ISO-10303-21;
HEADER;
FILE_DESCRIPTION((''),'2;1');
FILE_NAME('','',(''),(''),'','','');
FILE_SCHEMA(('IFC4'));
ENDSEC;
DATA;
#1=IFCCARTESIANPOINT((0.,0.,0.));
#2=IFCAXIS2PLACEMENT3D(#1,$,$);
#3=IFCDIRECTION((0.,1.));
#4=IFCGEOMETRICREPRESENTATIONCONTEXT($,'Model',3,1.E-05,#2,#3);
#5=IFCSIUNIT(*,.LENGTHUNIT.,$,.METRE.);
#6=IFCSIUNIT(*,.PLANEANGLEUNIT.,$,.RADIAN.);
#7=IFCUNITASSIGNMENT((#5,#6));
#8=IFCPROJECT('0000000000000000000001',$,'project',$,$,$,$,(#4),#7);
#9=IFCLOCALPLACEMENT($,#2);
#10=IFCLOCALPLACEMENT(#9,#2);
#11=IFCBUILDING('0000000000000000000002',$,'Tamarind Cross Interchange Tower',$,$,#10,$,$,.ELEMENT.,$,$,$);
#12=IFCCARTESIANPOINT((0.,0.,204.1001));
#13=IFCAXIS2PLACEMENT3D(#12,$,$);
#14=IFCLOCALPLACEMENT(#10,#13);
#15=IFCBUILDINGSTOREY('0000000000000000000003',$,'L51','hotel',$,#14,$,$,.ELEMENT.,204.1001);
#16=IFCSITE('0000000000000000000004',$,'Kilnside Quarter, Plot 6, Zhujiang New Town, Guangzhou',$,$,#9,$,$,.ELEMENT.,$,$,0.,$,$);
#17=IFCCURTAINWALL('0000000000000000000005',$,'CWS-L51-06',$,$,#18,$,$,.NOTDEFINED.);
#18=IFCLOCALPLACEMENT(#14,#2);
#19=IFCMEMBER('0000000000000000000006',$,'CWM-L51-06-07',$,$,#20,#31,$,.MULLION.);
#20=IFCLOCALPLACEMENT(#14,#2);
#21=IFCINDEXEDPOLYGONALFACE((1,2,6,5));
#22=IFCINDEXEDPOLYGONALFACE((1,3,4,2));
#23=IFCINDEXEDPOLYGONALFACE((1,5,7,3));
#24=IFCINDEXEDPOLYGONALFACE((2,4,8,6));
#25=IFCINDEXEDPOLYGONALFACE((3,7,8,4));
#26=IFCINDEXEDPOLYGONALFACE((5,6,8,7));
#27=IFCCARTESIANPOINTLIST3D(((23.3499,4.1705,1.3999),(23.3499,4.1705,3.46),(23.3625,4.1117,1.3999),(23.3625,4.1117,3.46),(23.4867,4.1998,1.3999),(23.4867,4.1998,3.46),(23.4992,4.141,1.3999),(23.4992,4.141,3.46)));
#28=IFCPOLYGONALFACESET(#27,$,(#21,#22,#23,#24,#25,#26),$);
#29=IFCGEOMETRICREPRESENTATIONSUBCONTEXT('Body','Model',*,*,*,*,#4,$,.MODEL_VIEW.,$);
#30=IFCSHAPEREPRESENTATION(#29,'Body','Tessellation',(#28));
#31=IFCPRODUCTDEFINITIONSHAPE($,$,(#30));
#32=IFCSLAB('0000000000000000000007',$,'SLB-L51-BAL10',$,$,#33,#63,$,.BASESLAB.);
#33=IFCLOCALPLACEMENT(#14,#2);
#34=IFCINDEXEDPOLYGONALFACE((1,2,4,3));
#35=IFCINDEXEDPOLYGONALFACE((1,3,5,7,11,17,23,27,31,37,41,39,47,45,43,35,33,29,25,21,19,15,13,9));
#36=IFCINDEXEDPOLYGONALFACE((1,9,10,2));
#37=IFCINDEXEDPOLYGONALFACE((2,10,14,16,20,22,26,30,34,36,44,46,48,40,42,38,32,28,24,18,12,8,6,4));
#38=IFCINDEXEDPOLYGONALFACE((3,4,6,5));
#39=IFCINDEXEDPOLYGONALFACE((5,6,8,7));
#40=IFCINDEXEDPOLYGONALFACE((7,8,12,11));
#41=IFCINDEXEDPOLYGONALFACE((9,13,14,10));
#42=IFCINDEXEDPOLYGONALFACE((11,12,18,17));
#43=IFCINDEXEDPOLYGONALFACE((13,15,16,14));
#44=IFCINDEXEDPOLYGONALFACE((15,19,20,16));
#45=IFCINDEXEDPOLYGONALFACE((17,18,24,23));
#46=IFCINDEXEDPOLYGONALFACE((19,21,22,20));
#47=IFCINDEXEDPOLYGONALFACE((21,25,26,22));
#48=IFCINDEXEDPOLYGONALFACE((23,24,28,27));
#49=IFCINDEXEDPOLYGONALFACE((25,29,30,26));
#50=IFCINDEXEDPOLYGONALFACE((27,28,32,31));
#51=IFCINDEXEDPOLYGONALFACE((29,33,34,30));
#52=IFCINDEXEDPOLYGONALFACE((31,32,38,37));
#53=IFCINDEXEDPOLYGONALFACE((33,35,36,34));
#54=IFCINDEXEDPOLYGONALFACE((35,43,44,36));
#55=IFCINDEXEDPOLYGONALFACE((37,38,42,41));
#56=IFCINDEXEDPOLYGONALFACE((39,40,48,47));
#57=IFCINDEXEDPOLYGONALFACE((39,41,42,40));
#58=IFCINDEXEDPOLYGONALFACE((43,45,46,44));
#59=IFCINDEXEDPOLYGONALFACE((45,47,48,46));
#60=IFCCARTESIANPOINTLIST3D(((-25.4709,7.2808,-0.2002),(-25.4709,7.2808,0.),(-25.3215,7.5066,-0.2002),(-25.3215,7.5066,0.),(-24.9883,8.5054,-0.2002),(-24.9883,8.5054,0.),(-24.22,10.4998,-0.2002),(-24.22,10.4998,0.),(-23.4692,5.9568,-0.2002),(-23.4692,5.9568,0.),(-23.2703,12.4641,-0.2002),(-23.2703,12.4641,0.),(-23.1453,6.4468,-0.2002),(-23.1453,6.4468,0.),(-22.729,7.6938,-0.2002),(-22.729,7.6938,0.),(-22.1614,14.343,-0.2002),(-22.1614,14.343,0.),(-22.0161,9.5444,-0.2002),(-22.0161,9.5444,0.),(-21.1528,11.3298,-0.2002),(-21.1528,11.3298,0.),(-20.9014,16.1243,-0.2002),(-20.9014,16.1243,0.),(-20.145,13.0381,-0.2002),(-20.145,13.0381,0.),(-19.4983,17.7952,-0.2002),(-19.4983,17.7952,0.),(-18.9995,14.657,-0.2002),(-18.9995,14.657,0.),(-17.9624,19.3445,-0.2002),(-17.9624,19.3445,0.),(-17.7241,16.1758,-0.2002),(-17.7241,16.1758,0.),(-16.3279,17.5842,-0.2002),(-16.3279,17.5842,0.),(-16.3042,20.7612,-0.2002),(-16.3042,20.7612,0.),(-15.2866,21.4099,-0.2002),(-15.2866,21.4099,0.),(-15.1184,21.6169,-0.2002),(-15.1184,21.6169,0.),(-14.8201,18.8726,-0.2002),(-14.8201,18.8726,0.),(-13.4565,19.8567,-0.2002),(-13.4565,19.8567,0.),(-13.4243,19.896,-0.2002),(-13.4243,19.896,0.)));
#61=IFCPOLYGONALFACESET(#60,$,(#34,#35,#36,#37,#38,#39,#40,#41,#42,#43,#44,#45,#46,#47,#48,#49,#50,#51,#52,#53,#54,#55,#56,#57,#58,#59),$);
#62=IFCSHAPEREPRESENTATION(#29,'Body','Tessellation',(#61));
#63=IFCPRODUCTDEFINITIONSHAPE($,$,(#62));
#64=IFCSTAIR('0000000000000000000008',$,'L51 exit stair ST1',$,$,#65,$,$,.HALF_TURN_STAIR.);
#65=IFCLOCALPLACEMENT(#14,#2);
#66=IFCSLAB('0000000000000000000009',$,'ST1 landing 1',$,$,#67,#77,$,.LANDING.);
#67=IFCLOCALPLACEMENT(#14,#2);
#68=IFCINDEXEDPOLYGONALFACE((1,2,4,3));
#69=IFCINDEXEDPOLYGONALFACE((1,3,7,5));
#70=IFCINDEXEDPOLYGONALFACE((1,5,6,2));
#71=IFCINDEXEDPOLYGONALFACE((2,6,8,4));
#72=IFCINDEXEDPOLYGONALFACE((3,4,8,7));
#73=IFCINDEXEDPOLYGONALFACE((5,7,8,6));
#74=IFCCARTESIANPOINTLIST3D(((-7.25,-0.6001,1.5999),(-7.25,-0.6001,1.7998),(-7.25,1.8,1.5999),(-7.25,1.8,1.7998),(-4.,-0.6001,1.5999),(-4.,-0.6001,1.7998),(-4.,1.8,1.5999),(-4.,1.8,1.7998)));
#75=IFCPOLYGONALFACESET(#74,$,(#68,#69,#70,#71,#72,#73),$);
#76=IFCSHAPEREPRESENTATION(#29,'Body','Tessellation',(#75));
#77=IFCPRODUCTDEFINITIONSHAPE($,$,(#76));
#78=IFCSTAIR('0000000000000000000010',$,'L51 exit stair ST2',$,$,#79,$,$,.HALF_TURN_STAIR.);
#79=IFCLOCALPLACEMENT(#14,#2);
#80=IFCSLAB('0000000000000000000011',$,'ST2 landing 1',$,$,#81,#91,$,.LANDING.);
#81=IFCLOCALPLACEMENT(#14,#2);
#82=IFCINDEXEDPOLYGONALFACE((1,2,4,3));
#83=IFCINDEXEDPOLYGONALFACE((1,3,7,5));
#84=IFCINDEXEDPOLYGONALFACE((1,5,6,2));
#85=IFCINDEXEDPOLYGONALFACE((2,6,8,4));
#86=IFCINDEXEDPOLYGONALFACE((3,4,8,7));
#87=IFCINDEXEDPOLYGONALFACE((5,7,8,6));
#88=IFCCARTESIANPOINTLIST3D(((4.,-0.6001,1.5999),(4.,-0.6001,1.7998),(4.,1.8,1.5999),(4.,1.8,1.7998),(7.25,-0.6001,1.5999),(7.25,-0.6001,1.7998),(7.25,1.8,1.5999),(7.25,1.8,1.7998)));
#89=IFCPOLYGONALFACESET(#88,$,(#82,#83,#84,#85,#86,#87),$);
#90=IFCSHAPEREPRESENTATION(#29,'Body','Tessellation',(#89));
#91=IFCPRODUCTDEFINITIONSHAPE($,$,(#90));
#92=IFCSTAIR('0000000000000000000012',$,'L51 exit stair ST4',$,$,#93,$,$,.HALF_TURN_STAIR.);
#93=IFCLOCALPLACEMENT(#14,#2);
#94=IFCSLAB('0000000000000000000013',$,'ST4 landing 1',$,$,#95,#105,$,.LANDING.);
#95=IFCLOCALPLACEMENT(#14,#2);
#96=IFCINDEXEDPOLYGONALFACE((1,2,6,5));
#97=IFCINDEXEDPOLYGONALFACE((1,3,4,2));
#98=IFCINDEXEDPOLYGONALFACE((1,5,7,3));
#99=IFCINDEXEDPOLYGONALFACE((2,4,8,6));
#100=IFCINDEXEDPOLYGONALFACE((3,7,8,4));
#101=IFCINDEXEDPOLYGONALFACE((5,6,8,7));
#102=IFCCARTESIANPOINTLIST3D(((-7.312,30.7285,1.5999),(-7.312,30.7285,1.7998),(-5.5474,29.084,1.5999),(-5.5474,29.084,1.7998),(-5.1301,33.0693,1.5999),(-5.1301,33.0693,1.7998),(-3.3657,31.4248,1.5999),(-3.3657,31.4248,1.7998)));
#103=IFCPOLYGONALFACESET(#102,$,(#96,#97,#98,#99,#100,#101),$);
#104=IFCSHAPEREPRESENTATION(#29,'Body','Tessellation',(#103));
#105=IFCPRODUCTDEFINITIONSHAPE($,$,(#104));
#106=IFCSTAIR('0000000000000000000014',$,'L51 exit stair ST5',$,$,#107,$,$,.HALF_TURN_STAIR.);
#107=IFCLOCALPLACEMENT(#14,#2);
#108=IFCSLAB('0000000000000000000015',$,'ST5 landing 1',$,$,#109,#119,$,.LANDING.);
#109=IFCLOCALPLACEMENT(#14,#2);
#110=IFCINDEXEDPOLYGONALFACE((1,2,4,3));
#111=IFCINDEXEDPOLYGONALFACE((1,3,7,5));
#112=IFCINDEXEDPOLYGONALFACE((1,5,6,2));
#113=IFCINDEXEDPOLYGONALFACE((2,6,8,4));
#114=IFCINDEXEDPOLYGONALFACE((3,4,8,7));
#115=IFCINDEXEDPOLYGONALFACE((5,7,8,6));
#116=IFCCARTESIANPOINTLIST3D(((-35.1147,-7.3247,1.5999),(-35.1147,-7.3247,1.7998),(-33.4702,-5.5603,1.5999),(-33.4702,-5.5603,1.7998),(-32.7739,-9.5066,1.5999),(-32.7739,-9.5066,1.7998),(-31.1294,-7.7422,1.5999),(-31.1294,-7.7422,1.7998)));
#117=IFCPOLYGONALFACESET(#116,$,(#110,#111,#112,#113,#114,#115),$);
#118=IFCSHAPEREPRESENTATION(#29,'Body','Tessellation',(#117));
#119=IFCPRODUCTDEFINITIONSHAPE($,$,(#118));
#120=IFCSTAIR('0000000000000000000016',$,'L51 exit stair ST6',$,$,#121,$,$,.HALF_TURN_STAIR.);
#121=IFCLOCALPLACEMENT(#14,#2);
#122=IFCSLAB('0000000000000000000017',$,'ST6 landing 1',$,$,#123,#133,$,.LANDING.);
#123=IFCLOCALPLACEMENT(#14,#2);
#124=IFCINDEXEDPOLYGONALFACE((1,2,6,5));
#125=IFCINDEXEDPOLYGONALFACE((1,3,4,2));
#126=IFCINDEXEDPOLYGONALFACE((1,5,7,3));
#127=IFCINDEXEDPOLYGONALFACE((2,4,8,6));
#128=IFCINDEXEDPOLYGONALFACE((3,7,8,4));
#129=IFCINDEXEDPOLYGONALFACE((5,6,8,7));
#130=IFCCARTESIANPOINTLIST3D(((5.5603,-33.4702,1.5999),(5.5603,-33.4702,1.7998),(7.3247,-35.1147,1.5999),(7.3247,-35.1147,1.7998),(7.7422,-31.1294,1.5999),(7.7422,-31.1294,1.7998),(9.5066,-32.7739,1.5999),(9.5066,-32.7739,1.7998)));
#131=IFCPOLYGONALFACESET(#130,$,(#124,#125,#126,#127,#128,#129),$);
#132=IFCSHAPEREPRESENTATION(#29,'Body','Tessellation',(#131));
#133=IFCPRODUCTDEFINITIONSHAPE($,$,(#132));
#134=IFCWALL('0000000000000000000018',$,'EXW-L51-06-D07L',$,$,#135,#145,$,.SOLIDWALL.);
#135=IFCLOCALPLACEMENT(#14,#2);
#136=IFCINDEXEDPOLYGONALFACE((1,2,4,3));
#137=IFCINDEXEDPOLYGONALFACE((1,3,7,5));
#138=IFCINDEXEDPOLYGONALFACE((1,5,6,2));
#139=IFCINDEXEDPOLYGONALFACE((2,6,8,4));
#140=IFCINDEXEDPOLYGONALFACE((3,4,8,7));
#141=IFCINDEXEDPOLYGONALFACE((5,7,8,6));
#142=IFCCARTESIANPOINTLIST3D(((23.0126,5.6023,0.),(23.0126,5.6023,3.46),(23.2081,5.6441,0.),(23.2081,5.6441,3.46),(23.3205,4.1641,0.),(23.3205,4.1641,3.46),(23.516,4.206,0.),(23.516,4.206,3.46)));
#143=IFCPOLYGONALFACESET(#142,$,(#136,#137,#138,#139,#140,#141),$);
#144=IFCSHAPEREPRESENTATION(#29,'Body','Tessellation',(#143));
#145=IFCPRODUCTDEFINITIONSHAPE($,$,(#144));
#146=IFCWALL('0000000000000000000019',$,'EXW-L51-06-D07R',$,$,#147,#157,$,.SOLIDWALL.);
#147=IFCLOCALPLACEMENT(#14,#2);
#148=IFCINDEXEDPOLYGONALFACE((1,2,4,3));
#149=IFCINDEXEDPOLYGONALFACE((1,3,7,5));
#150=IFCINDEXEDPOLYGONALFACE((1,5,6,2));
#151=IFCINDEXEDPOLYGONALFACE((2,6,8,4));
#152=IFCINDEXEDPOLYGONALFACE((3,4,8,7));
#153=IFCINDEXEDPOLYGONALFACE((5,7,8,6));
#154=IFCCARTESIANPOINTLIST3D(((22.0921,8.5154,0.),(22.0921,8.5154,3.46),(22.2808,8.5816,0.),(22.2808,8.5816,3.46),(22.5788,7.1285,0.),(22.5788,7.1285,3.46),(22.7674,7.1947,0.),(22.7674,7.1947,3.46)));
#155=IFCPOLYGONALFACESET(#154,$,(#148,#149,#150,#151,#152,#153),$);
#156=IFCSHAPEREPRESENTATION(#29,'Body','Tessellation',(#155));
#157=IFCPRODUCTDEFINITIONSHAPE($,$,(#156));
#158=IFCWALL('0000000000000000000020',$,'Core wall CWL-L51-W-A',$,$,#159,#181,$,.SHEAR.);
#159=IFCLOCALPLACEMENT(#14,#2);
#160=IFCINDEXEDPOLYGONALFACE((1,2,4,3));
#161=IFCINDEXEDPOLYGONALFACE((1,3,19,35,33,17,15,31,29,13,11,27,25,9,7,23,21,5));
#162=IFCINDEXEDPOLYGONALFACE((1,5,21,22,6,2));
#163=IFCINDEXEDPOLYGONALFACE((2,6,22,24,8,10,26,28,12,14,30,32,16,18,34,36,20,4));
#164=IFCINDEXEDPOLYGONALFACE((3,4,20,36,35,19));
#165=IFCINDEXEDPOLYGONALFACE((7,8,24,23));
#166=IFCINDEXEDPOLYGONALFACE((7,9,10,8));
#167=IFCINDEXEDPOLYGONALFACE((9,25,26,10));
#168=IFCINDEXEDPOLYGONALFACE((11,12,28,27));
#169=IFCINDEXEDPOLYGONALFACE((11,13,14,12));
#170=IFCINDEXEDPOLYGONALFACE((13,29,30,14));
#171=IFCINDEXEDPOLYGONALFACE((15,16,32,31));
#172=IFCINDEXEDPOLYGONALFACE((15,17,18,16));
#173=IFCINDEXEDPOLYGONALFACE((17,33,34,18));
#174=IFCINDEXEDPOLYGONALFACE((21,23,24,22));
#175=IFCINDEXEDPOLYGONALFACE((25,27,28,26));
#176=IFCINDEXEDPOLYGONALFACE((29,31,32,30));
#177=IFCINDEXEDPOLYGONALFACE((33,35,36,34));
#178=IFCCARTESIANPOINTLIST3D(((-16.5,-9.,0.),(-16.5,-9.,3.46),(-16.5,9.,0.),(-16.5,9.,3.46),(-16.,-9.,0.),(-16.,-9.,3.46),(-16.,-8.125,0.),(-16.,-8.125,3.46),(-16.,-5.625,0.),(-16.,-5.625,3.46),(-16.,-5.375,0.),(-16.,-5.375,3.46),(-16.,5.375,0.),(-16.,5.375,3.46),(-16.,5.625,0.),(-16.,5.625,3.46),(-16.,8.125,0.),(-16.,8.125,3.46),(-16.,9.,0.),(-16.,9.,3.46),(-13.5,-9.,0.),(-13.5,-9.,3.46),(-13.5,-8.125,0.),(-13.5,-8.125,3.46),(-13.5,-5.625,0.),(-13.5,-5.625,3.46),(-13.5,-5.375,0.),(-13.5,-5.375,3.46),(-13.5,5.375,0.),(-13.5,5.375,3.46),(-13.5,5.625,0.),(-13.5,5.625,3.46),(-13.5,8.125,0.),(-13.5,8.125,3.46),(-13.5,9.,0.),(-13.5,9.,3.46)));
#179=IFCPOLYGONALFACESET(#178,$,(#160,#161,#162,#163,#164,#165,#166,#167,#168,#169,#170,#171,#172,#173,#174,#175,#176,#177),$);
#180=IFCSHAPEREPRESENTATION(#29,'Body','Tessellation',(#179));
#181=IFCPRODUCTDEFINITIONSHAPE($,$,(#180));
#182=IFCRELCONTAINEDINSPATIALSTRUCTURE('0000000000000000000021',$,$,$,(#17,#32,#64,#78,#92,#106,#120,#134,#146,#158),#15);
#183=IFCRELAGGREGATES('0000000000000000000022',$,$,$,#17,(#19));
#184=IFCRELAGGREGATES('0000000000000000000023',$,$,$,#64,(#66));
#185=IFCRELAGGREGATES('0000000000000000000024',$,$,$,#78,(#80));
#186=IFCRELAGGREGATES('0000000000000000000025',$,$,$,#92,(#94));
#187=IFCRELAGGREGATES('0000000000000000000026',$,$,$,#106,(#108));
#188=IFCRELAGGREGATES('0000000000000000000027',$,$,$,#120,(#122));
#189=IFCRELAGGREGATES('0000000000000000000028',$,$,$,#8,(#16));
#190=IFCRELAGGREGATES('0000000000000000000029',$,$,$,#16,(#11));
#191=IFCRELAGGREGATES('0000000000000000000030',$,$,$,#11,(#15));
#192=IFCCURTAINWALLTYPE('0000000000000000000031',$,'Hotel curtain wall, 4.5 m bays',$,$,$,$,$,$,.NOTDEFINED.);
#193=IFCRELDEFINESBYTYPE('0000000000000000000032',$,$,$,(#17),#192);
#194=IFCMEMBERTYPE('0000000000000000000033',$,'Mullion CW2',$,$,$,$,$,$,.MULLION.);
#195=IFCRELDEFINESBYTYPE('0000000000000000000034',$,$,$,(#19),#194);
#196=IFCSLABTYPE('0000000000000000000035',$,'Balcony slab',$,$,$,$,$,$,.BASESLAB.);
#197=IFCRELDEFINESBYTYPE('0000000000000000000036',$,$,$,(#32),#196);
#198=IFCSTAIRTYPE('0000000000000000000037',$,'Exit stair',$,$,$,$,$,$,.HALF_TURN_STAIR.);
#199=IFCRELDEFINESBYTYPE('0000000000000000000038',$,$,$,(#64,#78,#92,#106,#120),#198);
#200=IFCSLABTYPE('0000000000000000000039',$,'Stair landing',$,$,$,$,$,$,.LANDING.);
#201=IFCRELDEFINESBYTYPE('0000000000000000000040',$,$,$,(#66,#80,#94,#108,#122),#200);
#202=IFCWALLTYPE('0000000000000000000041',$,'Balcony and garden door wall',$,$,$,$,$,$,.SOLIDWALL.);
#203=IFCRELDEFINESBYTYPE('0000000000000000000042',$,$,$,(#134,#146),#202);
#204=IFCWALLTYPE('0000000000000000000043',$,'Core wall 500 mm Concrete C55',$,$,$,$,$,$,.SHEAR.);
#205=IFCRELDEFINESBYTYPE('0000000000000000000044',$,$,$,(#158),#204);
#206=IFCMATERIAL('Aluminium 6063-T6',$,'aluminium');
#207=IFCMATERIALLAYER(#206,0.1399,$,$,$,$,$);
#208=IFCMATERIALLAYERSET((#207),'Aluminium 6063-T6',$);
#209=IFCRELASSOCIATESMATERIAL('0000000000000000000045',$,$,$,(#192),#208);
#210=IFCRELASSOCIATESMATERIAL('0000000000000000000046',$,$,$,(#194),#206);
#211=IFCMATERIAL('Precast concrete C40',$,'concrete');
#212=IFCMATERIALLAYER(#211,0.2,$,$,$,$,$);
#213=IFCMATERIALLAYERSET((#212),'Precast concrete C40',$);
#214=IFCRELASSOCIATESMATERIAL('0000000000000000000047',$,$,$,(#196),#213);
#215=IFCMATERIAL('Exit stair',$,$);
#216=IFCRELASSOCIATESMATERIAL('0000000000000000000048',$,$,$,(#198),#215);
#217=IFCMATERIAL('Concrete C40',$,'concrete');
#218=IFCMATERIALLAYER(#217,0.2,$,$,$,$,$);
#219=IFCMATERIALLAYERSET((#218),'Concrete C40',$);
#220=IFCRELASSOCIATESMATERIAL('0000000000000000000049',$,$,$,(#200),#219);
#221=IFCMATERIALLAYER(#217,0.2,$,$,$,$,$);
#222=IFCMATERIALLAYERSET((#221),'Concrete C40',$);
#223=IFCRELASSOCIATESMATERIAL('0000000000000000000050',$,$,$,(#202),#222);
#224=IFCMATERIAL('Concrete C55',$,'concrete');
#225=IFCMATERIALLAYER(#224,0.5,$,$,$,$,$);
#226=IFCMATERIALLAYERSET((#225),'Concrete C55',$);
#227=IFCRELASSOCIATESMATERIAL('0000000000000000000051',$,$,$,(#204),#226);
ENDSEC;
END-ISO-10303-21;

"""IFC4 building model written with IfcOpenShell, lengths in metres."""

from ifc_helpers import new_model, si_unit, direction, frame, frame_2d, origin, origin_2d, place, context, subcontext, project, spatial, polyline, rectangle, outline, extrude, material, layer, layer_set, material_profile, profile_set, type_object, element, aggregate, save


model = new_model("IFC4")

# Units and contexts
model_context = context("Model", 3, precision=1e-05, world=origin(), true_north=direction((0.0, 1.0)))
body_context = subcontext(model_context, "Body", "Model", "MODEL_VIEW")
ifc_project = project(units=[si_unit("LENGTHUNIT", "METRE"), si_unit("PLANEANGLEUNIT", "RADIAN")], contexts=[model_context])

# Site, building, storey
site_placement = place(None, origin())
site = spatial("IfcSite", under=ifc_project, at=site_placement, Name="Kilnside Quarter, Plot 6, Zhujiang New Town, Guangzhou", CompositionType="ELEMENT", RefElevation=0.0)
building_placement = place(site_placement, origin())
building = spatial("IfcBuilding", under=site, at=building_placement, Name="Tamarind Cross Interchange Tower", CompositionType="ELEMENT")
storey_placement = place(building_placement, frame((0.0, 0.0, 204.1001)))
storey = spatial("IfcBuildingStorey", under=building, at=storey_placement, Name="L51", Description="hotel", CompositionType="ELEMENT", Elevation=204.1001)

# Shared definitions
ifc_material_1 = material(Name="Concrete C55", Category="concrete")

# Curtain wall, member
ifc_material_2 = material(Name="Aluminium 6063-T6", Category="aluminium")
ifc_layer_1 = layer(ifc_material_2, 0.1399)
ifc_layer_set_1 = layer_set([ifc_layer_1], Name="Aluminium 6063-T6")
curtain_wall_type = type_object("IfcCurtainWallType", Name="Hotel curtain wall, 4.5 m bays", PredefinedType="NOTDEFINED", material=ifc_layer_set_1)
curtain_wall_placement = place(storey_placement, origin())
curtain_wall = element("IfcCurtainWall", 1, at=curtain_wall_placement, inside=storey, type_object=curtain_wall_type, Name="CWS-L51-06", PredefinedType="NOTDEFINED")
ifc_material_profile_1 = material_profile(ifc_material_2, rectangle(XDim=0.0601, YDim=0.1399, at=origin_2d()), Name="Mullion CW2")
ifc_profile_set_1 = profile_set([ifc_material_profile_1], Name="Aluminium 6063-T6")
member_type = type_object("IfcMemberType", Name="Mullion CW2", PredefinedType="MULLION", material=ifc_profile_set_1)
member_placement = place(storey_placement, frame((23.4246, 4.1558, 1.3999), z_axis=(0.0, 0.0, 1.0), x_axis=(-0.209425, 0.977825, 0.0)))
member = element("IfcMember", 2, at=member_placement, type_object=member_type, Name="CWM-L51-06-07", PredefinedType="MULLION", context=body_context, shape_type="SweptSolid", body=[
    extrude(rectangle(XDim=0.0601, YDim=0.1399, at=origin_2d()), origin(), (0.0, 0.0, 1.0), 2.0601),
])
aggregate(curtain_wall, [member])

# Slab
ifc_material_3 = material(Name="Precast concrete C40", Category="concrete")
ifc_layer_2 = layer(ifc_material_3, 0.2)
ifc_layer_set_2 = layer_set([ifc_layer_2], Name="Precast concrete C40")
slab_type_1 = type_object("IfcSlabType", Name="Balcony slab", PredefinedType="BASESLAB", material=ifc_layer_set_2)
slab_1_placement = place(storey_placement, frame((0.0, 0.0, -0.2002)))
element("IfcSlab", 3, at=slab_1_placement, inside=storey, type_object=slab_type_1, Name="SLB-L51-BAL10", PredefinedType="BASESLAB", context=body_context, shape_type="SweptSolid", body=[
    extrude(outline(polyline([(-13.4243, 19.896), (-13.4565, 19.8567), (-14.8201, 18.8726), (-16.3279, 17.5842), (-17.7241, 16.1758), (-18.9995, 14.657), (-20.145, 13.0381), (-21.1528, 11.3298), (-22.0161, 9.5444), (-22.729, 7.6938), (-23.1453, 6.4468), (-23.4692, 5.9568), (-25.4709, 7.2808), (-25.3215, 7.5066), (-24.9883, 8.5054), (-24.22, 10.4998), (-23.2703, 12.4641), (-22.1614, 14.343), (-20.9014, 16.1243), (-19.4983, 17.7952), (-17.9624, 19.3445), (-16.3042, 20.7612), (-15.1184, 21.6169), (-15.2866, 21.4099), (-13.4243, 19.896)])), origin(), (0.0, 0.0, 1.0), 0.2002),
])

# Stairs, slabs
ifc_material_4 = material(Name="Exit stair")
stair_type = type_object("IfcStairType", Name="Exit stair", PredefinedType="HALF_TURN_STAIR", material=ifc_material_4)
stair_1_placement = place(storey_placement, origin())
stair_1 = element("IfcStair", 4, at=stair_1_placement, inside=storey, type_object=stair_type, Name="L51 exit stair ST1", PredefinedType="HALF_TURN_STAIR")
ifc_material_5 = material(Name="Concrete C40", Category="concrete")
ifc_layer_3 = layer(ifc_material_5, 0.2)
ifc_layer_set_3 = layer_set([ifc_layer_3], Name="Concrete C40")
slab_type_2 = type_object("IfcSlabType", Name="Stair landing", PredefinedType="LANDING", material=ifc_layer_set_3)
slab_2_placement = place(storey_placement, frame((0.0, 0.0, 1.5999)))
slab_2 = element("IfcSlab", 5, at=slab_2_placement, type_object=slab_type_2, Name="ST1 landing 1", PredefinedType="LANDING", context=body_context, shape_type="SweptSolid", body=[
    extrude(outline(polyline([(-4.0, -0.6001), (-4.0, 1.8), (-7.25, 1.8), (-7.25, -0.6001), (-4.0, -0.6001)])), origin(), (0.0, 0.0, 1.0), 0.2),
])
aggregate(stair_1, [slab_2])
stair_2_placement = place(storey_placement, origin())
stair_2 = element("IfcStair", 6, at=stair_2_placement, inside=storey, type_object=stair_type, Name="L51 exit stair ST2", PredefinedType="HALF_TURN_STAIR")
slab_3_placement = place(storey_placement, frame((0.0, 0.0, 1.5999)))
slab_3 = element("IfcSlab", 7, at=slab_3_placement, type_object=slab_type_2, Name="ST2 landing 1", PredefinedType="LANDING", context=body_context, shape_type="SweptSolid", body=[
    extrude(outline(polyline([(7.25, -0.6001), (7.25, 1.8), (4.0, 1.8), (4.0, -0.6001), (7.25, -0.6001)])), origin(), (0.0, 0.0, 1.0), 0.2),
])
aggregate(stair_2, [slab_3])
stair_3_placement = place(storey_placement, origin())
stair_3 = element("IfcStair", 8, at=stair_3_placement, inside=storey, type_object=stair_type, Name="L51 exit stair ST4", PredefinedType="HALF_TURN_STAIR")
slab_4_placement = place(storey_placement, frame((0.0, 0.0, 1.5999)))
slab_4 = element("IfcSlab", 9, at=slab_4_placement, type_object=slab_type_2, Name="ST4 landing 1", PredefinedType="LANDING", context=body_context, shape_type="SweptSolid", body=[
    extrude(outline(polyline([(-3.3657, 31.4248), (-5.1301, 33.0693), (-7.312, 30.7285), (-5.5474, 29.084), (-3.3657, 31.4248)])), origin(), (0.0, 0.0, 1.0), 0.2),
])
aggregate(stair_3, [slab_4])
stair_4_placement = place(storey_placement, origin())
stair_4 = element("IfcStair", 10, at=stair_4_placement, inside=storey, type_object=stair_type, Name="L51 exit stair ST5", PredefinedType="HALF_TURN_STAIR")
slab_5_placement = place(storey_placement, frame((0.0, 0.0, 1.5999)))
slab_5 = element("IfcSlab", 11, at=slab_5_placement, type_object=slab_type_2, Name="ST5 landing 1", PredefinedType="LANDING", context=body_context, shape_type="SweptSolid", body=[
    extrude(outline(polyline([(-33.4702, -5.5603), (-35.1147, -7.3247), (-32.7739, -9.5066), (-31.1294, -7.7422), (-33.4702, -5.5603)])), origin(), (0.0, 0.0, 1.0), 0.2),
])
aggregate(stair_4, [slab_5])
stair_5_placement = place(storey_placement, origin())
stair_5 = element("IfcStair", 12, at=stair_5_placement, inside=storey, type_object=stair_type, Name="L51 exit stair ST6", PredefinedType="HALF_TURN_STAIR")
slab_6_placement = place(storey_placement, frame((0.0, 0.0, 1.5999)))
slab_6 = element("IfcSlab", 13, at=slab_6_placement, type_object=slab_type_2, Name="ST6 landing 1", PredefinedType="LANDING", context=body_context, shape_type="SweptSolid", body=[
    extrude(outline(polyline([(5.5603, -33.4702), (7.3247, -35.1147), (9.5066, -32.7739), (7.7422, -31.1294), (5.5603, -33.4702)])), origin(), (0.0, 0.0, 1.0), 0.2),
])
aggregate(stair_5, [slab_6])

# Walls
ifc_layer_4 = layer(ifc_material_5, 0.2)
ifc_layer_set_4 = layer_set([ifc_layer_4], Name="Concrete C40")
wall_type_1 = type_object("IfcWallType", Name="Balcony and garden door wall", PredefinedType="SOLIDWALL", material=ifc_layer_set_4)
wall_1_placement = place(storey_placement, frame((23.4182, 4.1851, 0.0), z_axis=(0.0, 0.0, 1.0), x_axis=(-0.209314, 0.977849, 0.0)))
element("IfcWall", 14, at=wall_1_placement, inside=storey, type_object=wall_type_1, Name="EXW-L51-06-D07L", PredefinedType="SOLIDWALL", context=body_context, shape_type="SweptSolid", body=[
    extrude(rectangle(XDim=1.4707, YDim=0.2, at=frame_2d((0.7354, 0.0))), origin(), (0.0, 0.0, 1.0), 3.46),
])
wall_2_placement = place(storey_placement, frame((22.6731, 7.1616, 0.0), z_axis=(0.0, 0.0, 1.0), x_axis=(-0.33109, 0.943599, 0.0)))
element("IfcWall", 15, at=wall_2_placement, inside=storey, type_object=wall_type_1, Name="EXW-L51-06-D07R", PredefinedType="SOLIDWALL", context=body_context, shape_type="SweptSolid", body=[
    extrude(rectangle(XDim=1.4697, YDim=0.2, at=frame_2d((0.7349, 0.0))), origin(), (0.0, 0.0, 1.0), 3.46),
])

# Wall
ifc_layer_5 = layer(ifc_material_1, 0.5)
ifc_layer_set_5 = layer_set([ifc_layer_5], Name="Concrete C55")
wall_type_2 = type_object("IfcWallType", Name="Core wall 500 mm Concrete C55", PredefinedType="SHEAR", material=ifc_layer_set_5)
wall_3_placement = place(storey_placement, origin())
element("IfcWall", 16, at=wall_3_placement, inside=storey, type_object=wall_type_2, Name="Core wall CWL-L51-W-A", PredefinedType="SHEAR", context=body_context, shape_type="SweptSolid", body=[
    extrude(outline(polyline([(-13.5, -8.125), (-16.0, -8.125), (-16.0, -5.625), (-13.5, -5.625), (-13.5, -5.375), (-16.0, -5.375), (-16.0, 5.375), (-13.5, 5.375), (-13.5, 5.625), (-16.0, 5.625), (-16.0, 8.125), (-13.5, 8.125), (-13.5, 9.0), (-16.0, 9.0), (-16.5, 9.0), (-16.5, -9.0), (-16.0, -9.0), (-13.5, -9.0), (-13.5, -8.125)])), origin(), (0.0, 0.0, 1.0), 3.46),
])

save(model, "model.ifc")
